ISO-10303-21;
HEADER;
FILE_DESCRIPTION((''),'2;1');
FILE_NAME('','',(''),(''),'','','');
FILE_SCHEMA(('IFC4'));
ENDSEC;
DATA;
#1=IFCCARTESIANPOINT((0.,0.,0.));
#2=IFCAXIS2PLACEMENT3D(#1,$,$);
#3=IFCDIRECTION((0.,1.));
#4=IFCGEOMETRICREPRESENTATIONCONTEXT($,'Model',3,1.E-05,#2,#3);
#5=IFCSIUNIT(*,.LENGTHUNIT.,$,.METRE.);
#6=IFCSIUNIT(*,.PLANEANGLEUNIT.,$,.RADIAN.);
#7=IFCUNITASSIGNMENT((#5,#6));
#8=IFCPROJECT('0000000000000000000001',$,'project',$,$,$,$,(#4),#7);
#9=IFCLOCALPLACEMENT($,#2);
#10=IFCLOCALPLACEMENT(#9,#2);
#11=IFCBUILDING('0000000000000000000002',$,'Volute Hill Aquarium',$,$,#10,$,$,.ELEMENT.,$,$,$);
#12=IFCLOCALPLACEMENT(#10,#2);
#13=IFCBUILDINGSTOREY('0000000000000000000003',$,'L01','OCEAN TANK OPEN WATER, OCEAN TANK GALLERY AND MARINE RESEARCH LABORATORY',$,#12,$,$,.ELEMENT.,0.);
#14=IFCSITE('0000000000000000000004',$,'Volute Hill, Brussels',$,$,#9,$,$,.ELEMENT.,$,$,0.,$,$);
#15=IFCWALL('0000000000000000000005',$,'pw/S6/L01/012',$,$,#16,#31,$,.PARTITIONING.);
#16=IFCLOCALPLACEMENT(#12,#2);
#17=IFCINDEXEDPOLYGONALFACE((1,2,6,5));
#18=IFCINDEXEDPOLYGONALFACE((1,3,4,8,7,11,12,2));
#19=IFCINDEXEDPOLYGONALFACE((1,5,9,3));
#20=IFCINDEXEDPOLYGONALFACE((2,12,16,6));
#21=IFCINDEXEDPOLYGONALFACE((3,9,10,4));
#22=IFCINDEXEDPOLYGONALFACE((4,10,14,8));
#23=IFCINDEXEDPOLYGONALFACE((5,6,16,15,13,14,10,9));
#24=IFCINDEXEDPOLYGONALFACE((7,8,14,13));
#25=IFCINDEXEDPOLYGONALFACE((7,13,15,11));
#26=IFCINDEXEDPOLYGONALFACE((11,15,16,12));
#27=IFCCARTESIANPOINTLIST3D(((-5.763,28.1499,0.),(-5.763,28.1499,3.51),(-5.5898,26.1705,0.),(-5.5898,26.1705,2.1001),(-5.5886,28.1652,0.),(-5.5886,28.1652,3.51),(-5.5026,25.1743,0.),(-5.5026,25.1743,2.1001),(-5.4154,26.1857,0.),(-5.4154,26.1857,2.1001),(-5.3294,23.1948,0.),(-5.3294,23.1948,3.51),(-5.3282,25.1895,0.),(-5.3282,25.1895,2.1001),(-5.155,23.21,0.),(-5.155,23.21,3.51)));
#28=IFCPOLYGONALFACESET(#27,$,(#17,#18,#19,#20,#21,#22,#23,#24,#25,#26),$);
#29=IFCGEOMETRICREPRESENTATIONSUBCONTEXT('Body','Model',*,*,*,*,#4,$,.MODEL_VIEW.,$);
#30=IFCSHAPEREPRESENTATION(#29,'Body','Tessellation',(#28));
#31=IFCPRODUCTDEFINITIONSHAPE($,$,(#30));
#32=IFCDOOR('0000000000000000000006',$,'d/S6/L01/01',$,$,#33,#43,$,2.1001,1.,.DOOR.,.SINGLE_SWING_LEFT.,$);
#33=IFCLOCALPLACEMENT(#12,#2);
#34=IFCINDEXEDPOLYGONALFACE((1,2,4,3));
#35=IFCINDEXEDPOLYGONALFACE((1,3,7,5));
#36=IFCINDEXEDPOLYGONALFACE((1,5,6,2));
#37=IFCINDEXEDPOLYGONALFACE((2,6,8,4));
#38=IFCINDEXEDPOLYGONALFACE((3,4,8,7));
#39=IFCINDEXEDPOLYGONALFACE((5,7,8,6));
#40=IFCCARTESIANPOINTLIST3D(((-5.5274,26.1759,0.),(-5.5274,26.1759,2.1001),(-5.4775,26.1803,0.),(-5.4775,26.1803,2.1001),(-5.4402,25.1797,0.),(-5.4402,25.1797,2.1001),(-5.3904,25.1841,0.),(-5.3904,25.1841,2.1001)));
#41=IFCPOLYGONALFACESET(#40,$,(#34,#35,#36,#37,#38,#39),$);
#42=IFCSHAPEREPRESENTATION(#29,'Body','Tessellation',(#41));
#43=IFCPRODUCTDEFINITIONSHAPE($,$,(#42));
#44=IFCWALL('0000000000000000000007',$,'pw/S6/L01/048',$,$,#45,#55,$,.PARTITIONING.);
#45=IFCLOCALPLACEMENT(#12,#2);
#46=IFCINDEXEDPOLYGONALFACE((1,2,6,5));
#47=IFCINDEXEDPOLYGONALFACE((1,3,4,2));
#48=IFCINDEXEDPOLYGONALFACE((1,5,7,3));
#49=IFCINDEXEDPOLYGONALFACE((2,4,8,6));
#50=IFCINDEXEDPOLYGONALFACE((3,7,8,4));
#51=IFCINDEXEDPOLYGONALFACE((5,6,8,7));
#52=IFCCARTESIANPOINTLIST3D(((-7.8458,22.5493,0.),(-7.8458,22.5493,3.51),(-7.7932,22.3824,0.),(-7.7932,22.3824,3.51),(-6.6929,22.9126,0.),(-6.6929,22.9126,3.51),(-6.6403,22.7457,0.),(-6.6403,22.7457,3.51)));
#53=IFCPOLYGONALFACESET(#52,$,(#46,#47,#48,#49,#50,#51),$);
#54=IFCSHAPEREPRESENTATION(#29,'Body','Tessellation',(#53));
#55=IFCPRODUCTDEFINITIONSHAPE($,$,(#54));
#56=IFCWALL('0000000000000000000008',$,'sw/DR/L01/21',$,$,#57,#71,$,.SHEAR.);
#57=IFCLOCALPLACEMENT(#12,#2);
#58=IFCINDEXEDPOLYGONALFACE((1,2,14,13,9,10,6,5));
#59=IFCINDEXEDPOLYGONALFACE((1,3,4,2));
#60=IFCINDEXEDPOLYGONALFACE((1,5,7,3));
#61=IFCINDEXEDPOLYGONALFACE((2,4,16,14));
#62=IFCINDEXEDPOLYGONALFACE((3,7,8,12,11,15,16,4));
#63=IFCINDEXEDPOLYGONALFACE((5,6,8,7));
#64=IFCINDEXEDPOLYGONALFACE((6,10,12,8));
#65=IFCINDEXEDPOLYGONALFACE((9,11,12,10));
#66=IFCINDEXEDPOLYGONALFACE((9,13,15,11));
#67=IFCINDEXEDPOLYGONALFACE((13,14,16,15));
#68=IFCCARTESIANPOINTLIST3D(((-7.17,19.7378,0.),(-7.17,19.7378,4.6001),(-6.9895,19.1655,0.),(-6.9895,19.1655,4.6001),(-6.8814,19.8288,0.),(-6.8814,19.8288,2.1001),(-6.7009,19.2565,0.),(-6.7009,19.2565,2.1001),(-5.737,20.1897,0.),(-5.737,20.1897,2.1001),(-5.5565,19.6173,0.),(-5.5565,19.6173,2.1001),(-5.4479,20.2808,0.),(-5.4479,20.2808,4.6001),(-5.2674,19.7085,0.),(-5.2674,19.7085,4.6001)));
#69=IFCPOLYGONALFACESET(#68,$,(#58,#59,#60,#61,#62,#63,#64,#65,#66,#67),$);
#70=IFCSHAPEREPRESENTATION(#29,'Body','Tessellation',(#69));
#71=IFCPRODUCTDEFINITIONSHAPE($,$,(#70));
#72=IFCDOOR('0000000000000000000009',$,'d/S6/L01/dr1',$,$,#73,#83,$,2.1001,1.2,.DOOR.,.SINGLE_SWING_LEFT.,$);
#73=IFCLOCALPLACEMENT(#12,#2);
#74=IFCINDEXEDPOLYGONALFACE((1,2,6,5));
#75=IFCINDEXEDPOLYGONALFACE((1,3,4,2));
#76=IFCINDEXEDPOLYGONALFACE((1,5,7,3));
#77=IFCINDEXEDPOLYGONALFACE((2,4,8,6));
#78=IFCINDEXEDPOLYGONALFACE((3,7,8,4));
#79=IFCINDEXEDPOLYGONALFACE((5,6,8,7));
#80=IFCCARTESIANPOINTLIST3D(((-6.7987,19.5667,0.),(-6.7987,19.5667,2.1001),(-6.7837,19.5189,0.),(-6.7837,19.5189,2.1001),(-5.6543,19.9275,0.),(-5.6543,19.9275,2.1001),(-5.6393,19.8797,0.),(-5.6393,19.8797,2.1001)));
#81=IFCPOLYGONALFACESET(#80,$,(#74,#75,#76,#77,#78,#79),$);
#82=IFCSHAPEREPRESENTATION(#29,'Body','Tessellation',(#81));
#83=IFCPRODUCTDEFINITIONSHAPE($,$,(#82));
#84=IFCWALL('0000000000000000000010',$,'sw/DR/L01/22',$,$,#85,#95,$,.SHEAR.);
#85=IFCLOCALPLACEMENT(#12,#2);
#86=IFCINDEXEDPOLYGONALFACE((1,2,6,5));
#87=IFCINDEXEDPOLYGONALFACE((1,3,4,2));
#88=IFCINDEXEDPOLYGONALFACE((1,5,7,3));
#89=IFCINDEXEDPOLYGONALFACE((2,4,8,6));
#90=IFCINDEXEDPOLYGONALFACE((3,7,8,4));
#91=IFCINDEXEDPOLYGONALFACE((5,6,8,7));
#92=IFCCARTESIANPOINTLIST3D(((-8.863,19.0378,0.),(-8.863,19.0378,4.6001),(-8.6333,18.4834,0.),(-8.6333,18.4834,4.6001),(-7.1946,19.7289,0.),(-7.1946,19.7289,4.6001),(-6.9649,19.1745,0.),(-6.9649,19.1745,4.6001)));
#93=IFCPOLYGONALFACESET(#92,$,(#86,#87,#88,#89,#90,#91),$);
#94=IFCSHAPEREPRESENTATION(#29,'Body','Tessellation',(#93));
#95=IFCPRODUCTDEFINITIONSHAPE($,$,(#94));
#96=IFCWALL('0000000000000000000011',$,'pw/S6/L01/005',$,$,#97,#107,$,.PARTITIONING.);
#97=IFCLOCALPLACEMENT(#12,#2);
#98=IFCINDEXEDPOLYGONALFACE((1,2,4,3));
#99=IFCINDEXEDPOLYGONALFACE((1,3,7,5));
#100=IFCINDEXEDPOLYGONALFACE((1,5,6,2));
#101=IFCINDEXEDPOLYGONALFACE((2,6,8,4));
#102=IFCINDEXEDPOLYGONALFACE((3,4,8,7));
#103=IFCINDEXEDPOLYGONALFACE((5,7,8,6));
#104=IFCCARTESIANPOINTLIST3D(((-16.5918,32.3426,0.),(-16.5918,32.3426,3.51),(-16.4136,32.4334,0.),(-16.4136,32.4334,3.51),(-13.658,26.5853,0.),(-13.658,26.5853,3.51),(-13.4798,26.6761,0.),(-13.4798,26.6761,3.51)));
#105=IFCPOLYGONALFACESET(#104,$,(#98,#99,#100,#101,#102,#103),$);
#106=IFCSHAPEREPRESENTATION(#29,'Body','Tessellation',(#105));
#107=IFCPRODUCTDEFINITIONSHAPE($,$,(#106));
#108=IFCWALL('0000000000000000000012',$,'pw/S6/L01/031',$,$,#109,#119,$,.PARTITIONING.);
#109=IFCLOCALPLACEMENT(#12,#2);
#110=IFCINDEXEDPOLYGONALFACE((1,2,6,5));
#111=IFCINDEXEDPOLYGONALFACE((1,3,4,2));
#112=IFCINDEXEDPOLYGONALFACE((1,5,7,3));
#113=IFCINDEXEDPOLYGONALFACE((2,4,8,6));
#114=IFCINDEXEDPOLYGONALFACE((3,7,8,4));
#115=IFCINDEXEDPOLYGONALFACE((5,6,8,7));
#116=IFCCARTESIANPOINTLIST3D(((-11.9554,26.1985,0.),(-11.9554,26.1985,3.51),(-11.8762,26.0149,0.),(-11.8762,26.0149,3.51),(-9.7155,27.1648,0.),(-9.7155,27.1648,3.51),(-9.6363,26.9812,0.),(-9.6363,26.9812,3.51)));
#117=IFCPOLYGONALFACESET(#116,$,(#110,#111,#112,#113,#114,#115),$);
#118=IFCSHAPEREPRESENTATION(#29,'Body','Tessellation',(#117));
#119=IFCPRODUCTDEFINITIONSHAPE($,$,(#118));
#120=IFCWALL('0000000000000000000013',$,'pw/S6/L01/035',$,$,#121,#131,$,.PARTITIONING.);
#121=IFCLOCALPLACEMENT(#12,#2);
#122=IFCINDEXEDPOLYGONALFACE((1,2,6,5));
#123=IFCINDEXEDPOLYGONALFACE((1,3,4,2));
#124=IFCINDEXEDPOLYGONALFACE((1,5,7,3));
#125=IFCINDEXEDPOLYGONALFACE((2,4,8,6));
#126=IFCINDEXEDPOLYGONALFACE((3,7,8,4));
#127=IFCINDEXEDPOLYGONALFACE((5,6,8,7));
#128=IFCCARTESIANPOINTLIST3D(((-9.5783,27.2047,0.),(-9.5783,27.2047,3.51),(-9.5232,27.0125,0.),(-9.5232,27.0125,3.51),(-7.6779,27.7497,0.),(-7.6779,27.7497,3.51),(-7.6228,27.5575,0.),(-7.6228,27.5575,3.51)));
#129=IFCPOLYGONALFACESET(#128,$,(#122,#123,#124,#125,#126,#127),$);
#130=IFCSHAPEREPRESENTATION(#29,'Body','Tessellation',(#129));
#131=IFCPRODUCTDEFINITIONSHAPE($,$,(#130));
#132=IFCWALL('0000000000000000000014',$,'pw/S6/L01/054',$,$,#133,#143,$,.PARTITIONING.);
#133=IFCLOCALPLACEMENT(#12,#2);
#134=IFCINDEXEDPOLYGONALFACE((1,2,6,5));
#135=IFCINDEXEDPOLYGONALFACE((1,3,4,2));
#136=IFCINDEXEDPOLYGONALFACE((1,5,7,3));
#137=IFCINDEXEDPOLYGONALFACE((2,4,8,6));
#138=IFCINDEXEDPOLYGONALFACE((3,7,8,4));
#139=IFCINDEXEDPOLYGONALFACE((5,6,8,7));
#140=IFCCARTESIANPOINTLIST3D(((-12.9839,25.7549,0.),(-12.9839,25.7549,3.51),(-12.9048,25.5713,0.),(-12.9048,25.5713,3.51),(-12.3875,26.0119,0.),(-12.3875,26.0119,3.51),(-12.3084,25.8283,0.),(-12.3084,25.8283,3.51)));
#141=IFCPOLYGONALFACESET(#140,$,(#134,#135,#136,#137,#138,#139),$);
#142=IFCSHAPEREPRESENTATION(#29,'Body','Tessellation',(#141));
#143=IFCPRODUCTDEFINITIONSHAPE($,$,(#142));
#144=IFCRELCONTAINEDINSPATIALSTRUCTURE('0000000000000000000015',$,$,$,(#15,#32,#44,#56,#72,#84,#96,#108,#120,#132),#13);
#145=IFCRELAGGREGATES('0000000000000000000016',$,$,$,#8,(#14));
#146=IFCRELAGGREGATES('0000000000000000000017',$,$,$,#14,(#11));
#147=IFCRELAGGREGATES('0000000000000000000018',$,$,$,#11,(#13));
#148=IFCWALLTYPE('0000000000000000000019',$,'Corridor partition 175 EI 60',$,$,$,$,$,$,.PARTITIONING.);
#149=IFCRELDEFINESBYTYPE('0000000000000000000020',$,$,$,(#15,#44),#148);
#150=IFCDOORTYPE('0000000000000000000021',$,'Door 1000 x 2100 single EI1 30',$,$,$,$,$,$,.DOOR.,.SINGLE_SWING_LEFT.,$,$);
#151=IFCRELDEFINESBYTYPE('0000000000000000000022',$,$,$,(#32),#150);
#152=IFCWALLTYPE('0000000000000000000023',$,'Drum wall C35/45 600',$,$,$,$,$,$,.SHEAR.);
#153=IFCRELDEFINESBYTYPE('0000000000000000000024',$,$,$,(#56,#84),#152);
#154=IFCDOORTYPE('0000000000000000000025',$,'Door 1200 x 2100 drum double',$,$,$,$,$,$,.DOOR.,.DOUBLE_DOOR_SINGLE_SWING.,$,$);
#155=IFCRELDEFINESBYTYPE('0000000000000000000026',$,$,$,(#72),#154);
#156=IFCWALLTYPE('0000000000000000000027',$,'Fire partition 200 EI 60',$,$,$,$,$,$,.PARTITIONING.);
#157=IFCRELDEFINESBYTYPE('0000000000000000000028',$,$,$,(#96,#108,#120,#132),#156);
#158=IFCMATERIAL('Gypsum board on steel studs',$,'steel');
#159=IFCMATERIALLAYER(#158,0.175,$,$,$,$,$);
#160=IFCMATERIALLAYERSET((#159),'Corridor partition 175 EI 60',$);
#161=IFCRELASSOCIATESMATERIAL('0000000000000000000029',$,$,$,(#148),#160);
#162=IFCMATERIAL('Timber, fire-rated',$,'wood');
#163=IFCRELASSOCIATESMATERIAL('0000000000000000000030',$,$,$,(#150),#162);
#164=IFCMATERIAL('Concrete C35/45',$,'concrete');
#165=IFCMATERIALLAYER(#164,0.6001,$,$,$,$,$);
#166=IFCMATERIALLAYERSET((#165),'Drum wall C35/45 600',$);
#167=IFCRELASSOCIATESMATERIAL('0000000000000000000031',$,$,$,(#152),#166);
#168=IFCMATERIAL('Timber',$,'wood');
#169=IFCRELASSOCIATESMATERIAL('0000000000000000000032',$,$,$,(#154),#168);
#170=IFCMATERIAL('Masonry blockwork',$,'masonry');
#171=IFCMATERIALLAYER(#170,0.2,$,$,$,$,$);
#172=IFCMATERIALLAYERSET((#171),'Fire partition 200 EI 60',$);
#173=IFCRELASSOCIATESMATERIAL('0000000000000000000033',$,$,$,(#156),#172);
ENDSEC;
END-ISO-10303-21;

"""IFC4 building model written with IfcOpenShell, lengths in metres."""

from ifc_helpers import new_model, si_unit, direction, frame, frame_2d, origin, place, context, subcontext, project, spatial, rectangle, extrude, material, layer, layer_set, type_object, element, fill, save


model = new_model("IFC4")

# Units and contexts
model_context = context("Model", 3, precision=1e-05, world=origin(), true_north=direction((0.0, 1.0)))
body_context = subcontext(model_context, "Body", "Model", "MODEL_VIEW")
ifc_project = project(units=[si_unit("LENGTHUNIT", "METRE"), si_unit("PLANEANGLEUNIT", "RADIAN")], contexts=[model_context])

# Site, building, storey
site_placement = place(None, origin())
site = spatial("IfcSite", under=ifc_project, at=site_placement, Name="Volute Hill, Brussels", CompositionType="ELEMENT", RefElevation=0.0)
building_placement = place(site_placement, origin())
building = spatial("IfcBuilding", under=site, at=building_placement, Name="Volute Hill Aquarium", CompositionType="ELEMENT")
storey_placement = place(building_placement, origin())
storey = spatial("IfcBuildingStorey", under=building, at=storey_placement, Name="L01", Description="OCEAN TANK OPEN WATER, OCEAN TANK GALLERY AND MARINE RESEARCH LABORATORY", CompositionType="ELEMENT", Elevation=0.0)

# Shared definitions
ifc_material_1 = material(Name="Gypsum board on steel studs", Category="steel")
ifc_layer_1 = layer(ifc_material_1, 0.175)
ifc_layer_set_1 = layer_set([ifc_layer_1], Name="Corridor partition 175 EI 60")
wall_type_1 = type_object("IfcWallType", Name="Corridor partition 175 EI 60", PredefinedType="PARTITIONING", material=ifc_layer_set_1)

# Wall, opening, door
wall_1_placement = place(storey_placement, frame((-5.2422, 23.2024, 0.0), z_axis=(0.0, 0.0, 1.0), x_axis=(-0.087172, 0.996193, 0.0)))
wall_1 = element("IfcWall", 1, at=wall_1_placement, inside=storey, type_object=wall_type_1, Name="pw/S6/L01/012", PredefinedType="PARTITIONING", context=body_context, shape_type="SweptSolid", body=[
    extrude(rectangle(XDim=4.9741, YDim=0.175, at=frame_2d((2.4871, 0.0))), origin(), (0.0, 0.0, 1.0), 3.51),
])
opening_1_placement = place(wall_1_placement, frame((1.9871, 0.0, 0.0)))
opening_1 = element("IfcOpeningElement", 2, at=opening_1_placement, cuts=wall_1, PredefinedType="OPENING", context=body_context, shape_type="SweptSolid", body=[
    extrude(rectangle(XDim=1.0, YDim=2.1001, at=frame_2d((0.5, 1.05))), frame((0.0, 0.0974, 0.0), z_axis=(0.0, -1.0, 0.0), x_axis=(1.0, 0.0, 0.0)), (0.0, 0.0, 1.0), 0.1951),
])
ifc_material_2 = material(Name="Timber, fire-rated", Category="wood")
door_type_1 = type_object("IfcDoorType", Name="Door 1000 x 2100 single EI1 30", OperationType="SINGLE_SWING_LEFT", PredefinedType="DOOR", material=ifc_material_2)
door_1_placement = place(opening_1_placement, origin())
door_1 = element("IfcDoor", 3, at=door_1_placement, inside=storey, type_object=door_type_1, Name="d/S6/L01/01", OperationType="SINGLE_SWING_LEFT", OverallHeight=2.1001, OverallWidth=1.0, PredefinedType="DOOR", context=body_context, shape_type="SweptSolid", body=[
    extrude(rectangle(XDim=1.0, YDim=2.1001, at=frame_2d((0.5, 1.05))), frame((0.0, 0.0249, 0.0), z_axis=(0.0, -1.0, 0.0), x_axis=(1.0, 0.0, 0.0)), (0.0, 0.0, 1.0), 0.05),
])
fill(opening_1, door_1)

# Wall
wall_2_placement = place(storey_placement, frame((-7.8196, 22.4658, 0.0), z_axis=(0.0, 0.0, 1.0), x_axis=(0.953766, 0.300551, 0.0)))
element("IfcWall", 4, at=wall_2_placement, inside=storey, type_object=wall_type_1, Name="pw/S6/L01/048", PredefinedType="PARTITIONING", context=body_context, shape_type="SweptSolid", body=[
    extrude(rectangle(XDim=1.2087, YDim=0.175, at=frame_2d((0.6045, 0.0))), origin(), (0.0, 0.0, 1.0), 3.51),
])

# Wall, opening, door
ifc_material_3 = material(Name="Concrete C35/45", Category="concrete")
ifc_layer_2 = layer(ifc_material_3, 0.6001)
ifc_layer_set_2 = layer_set([ifc_layer_2], Name="Drum wall C35/45 600")
wall_type_2 = type_object("IfcWallType", Name="Drum wall C35/45 600", PredefinedType="SHEAR", material=ifc_layer_set_2)
wall_3_placement = place(storey_placement, frame((-5.3577, 19.9946, 0.0), z_axis=(0.0, 0.0, 1.0), x_axis=(-0.953722, -0.300691, 0.0)))
wall_3 = element("IfcWall", 5, at=wall_3_placement, inside=storey, type_object=wall_type_2, Name="sw/DR/L01/21", PredefinedType="SHEAR", context=body_context, shape_type="SweptSolid", body=[
    extrude(rectangle(XDim=1.8057, YDim=0.6001, at=frame_2d((0.9028, 0.0))), origin(), (0.0, 0.0, 1.0), 4.6001),
])
opening_2_placement = place(wall_3_placement, frame((0.303, 0.0, 0.0)))
opening_2 = element("IfcOpeningElement", 6, at=opening_2_placement, cuts=wall_3, PredefinedType="OPENING", context=body_context, shape_type="SweptSolid", body=[
    extrude(rectangle(XDim=1.2, YDim=2.1001, at=frame_2d((0.6001, 1.05))), frame((0.0, 0.3101, 0.0), z_axis=(0.0, -1.0, 0.0), x_axis=(1.0, 0.0, 0.0)), (0.0, 0.0, 1.0), 0.6201),
])
ifc_material_4 = material(Name="Timber", Category="wood")
door_type_2 = type_object("IfcDoorType", Name="Door 1200 x 2100 drum double", OperationType="DOUBLE_DOOR_SINGLE_SWING", PredefinedType="DOOR", material=ifc_material_4)
door_2_placement = place(opening_2_placement, origin())
door_2 = element("IfcDoor", 7, at=door_2_placement, inside=storey, type_object=door_type_2, Name="d/S6/L01/dr1", OperationType="SINGLE_SWING_LEFT", OverallHeight=2.1001, OverallWidth=1.2, PredefinedType="DOOR", context=body_context, shape_type="SweptSolid", body=[
    extrude(rectangle(XDim=1.2, YDim=2.1001, at=frame_2d((0.6001, 1.05))), frame((0.0, 0.0249, 0.0), z_axis=(0.0, -1.0, 0.0), x_axis=(1.0, 0.0, 0.0)), (0.0, 0.0, 1.0), 0.05),
])
fill(opening_2, door_2)

# Walls
wall_4_placement = place(storey_placement, frame((-7.0798, 19.4517, 0.0), z_axis=(0.0, 0.0, 1.0), x_axis=(-0.923867, -0.382714, 0.0)))
element("IfcWall", 8, at=wall_4_placement, inside=storey, type_object=wall_type_2, Name="sw/DR/L01/22", PredefinedType="SHEAR", context=body_context, shape_type="SweptSolid", body=[
    extrude(rectangle(XDim=1.8059, YDim=0.6001, at=frame_2d((0.9028, 0.0))), origin(), (0.0, 0.0, 1.0), 4.6001),
])
ifc_material_5 = material(Name="Masonry blockwork", Category="masonry")
ifc_layer_3 = layer(ifc_material_5, 0.2)
ifc_layer_set_3 = layer_set([ifc_layer_3], Name="Fire partition 200 EI 60")
wall_type_3 = type_object("IfcWallType", Name="Fire partition 200 EI 60", PredefinedType="PARTITIONING", material=ifc_layer_set_3)
wall_5_placement = place(storey_placement, frame((-13.5688, 26.6306, 0.0), z_axis=(0.0, 0.0, 1.0), x_axis=(-0.454032, 0.890986, 0.0)))
element("IfcWall", 9, at=wall_5_placement, inside=storey, type_object=wall_type_3, Name="pw/S6/L01/005", PredefinedType="PARTITIONING", context=body_context, shape_type="SweptSolid", body=[
    extrude(rectangle(XDim=6.4617, YDim=0.2, at=frame_2d((3.231, 0.0))), origin(), (0.0, 0.0, 1.0), 3.51),
])
wall_6_placement = place(storey_placement, frame((-11.9158, 26.1067, 0.0), z_axis=(0.0, 0.0, 1.0), x_axis=(0.918206, 0.396104, 0.0)))
element("IfcWall", 10, at=wall_6_placement, inside=storey, type_object=wall_type_3, Name="pw/S6/L01/031", PredefinedType="PARTITIONING", context=body_context, shape_type="SweptSolid", body=[
    extrude(rectangle(XDim=2.4395, YDim=0.2, at=frame_2d((1.2197, 0.0))), origin(), (0.0, 0.0, 1.0), 3.51),
])
wall_7_placement = place(storey_placement, frame((-9.5508, 27.1086, 0.0), z_axis=(0.0, 0.0, 1.0), x_axis=(0.961263, 0.275634, 0.0)))
element("IfcWall", 11, at=wall_7_placement, inside=storey, type_object=wall_type_3, Name="pw/S6/L01/035", PredefinedType="PARTITIONING", context=body_context, shape_type="SweptSolid", body=[
    extrude(rectangle(XDim=1.9771, YDim=0.2, at=frame_2d((0.9885, 0.0))), origin(), (0.0, 0.0, 1.0), 3.51),
])
wall_8_placement = place(storey_placement, frame((-12.9443, 25.6631, 0.0), z_axis=(0.0, 0.0, 1.0), x_axis=(0.918326, 0.395824, 0.0)))
element("IfcWall", 12, at=wall_8_placement, inside=storey, type_object=wall_type_3, Name="pw/S6/L01/054", PredefinedType="PARTITIONING", context=body_context, shape_type="SweptSolid", body=[
    extrude(rectangle(XDim=0.6494, YDim=0.2, at=frame_2d((0.3247, 0.0))), origin(), (0.0, 0.0, 1.0), 3.51),
])

save(model, "model.ifc")
